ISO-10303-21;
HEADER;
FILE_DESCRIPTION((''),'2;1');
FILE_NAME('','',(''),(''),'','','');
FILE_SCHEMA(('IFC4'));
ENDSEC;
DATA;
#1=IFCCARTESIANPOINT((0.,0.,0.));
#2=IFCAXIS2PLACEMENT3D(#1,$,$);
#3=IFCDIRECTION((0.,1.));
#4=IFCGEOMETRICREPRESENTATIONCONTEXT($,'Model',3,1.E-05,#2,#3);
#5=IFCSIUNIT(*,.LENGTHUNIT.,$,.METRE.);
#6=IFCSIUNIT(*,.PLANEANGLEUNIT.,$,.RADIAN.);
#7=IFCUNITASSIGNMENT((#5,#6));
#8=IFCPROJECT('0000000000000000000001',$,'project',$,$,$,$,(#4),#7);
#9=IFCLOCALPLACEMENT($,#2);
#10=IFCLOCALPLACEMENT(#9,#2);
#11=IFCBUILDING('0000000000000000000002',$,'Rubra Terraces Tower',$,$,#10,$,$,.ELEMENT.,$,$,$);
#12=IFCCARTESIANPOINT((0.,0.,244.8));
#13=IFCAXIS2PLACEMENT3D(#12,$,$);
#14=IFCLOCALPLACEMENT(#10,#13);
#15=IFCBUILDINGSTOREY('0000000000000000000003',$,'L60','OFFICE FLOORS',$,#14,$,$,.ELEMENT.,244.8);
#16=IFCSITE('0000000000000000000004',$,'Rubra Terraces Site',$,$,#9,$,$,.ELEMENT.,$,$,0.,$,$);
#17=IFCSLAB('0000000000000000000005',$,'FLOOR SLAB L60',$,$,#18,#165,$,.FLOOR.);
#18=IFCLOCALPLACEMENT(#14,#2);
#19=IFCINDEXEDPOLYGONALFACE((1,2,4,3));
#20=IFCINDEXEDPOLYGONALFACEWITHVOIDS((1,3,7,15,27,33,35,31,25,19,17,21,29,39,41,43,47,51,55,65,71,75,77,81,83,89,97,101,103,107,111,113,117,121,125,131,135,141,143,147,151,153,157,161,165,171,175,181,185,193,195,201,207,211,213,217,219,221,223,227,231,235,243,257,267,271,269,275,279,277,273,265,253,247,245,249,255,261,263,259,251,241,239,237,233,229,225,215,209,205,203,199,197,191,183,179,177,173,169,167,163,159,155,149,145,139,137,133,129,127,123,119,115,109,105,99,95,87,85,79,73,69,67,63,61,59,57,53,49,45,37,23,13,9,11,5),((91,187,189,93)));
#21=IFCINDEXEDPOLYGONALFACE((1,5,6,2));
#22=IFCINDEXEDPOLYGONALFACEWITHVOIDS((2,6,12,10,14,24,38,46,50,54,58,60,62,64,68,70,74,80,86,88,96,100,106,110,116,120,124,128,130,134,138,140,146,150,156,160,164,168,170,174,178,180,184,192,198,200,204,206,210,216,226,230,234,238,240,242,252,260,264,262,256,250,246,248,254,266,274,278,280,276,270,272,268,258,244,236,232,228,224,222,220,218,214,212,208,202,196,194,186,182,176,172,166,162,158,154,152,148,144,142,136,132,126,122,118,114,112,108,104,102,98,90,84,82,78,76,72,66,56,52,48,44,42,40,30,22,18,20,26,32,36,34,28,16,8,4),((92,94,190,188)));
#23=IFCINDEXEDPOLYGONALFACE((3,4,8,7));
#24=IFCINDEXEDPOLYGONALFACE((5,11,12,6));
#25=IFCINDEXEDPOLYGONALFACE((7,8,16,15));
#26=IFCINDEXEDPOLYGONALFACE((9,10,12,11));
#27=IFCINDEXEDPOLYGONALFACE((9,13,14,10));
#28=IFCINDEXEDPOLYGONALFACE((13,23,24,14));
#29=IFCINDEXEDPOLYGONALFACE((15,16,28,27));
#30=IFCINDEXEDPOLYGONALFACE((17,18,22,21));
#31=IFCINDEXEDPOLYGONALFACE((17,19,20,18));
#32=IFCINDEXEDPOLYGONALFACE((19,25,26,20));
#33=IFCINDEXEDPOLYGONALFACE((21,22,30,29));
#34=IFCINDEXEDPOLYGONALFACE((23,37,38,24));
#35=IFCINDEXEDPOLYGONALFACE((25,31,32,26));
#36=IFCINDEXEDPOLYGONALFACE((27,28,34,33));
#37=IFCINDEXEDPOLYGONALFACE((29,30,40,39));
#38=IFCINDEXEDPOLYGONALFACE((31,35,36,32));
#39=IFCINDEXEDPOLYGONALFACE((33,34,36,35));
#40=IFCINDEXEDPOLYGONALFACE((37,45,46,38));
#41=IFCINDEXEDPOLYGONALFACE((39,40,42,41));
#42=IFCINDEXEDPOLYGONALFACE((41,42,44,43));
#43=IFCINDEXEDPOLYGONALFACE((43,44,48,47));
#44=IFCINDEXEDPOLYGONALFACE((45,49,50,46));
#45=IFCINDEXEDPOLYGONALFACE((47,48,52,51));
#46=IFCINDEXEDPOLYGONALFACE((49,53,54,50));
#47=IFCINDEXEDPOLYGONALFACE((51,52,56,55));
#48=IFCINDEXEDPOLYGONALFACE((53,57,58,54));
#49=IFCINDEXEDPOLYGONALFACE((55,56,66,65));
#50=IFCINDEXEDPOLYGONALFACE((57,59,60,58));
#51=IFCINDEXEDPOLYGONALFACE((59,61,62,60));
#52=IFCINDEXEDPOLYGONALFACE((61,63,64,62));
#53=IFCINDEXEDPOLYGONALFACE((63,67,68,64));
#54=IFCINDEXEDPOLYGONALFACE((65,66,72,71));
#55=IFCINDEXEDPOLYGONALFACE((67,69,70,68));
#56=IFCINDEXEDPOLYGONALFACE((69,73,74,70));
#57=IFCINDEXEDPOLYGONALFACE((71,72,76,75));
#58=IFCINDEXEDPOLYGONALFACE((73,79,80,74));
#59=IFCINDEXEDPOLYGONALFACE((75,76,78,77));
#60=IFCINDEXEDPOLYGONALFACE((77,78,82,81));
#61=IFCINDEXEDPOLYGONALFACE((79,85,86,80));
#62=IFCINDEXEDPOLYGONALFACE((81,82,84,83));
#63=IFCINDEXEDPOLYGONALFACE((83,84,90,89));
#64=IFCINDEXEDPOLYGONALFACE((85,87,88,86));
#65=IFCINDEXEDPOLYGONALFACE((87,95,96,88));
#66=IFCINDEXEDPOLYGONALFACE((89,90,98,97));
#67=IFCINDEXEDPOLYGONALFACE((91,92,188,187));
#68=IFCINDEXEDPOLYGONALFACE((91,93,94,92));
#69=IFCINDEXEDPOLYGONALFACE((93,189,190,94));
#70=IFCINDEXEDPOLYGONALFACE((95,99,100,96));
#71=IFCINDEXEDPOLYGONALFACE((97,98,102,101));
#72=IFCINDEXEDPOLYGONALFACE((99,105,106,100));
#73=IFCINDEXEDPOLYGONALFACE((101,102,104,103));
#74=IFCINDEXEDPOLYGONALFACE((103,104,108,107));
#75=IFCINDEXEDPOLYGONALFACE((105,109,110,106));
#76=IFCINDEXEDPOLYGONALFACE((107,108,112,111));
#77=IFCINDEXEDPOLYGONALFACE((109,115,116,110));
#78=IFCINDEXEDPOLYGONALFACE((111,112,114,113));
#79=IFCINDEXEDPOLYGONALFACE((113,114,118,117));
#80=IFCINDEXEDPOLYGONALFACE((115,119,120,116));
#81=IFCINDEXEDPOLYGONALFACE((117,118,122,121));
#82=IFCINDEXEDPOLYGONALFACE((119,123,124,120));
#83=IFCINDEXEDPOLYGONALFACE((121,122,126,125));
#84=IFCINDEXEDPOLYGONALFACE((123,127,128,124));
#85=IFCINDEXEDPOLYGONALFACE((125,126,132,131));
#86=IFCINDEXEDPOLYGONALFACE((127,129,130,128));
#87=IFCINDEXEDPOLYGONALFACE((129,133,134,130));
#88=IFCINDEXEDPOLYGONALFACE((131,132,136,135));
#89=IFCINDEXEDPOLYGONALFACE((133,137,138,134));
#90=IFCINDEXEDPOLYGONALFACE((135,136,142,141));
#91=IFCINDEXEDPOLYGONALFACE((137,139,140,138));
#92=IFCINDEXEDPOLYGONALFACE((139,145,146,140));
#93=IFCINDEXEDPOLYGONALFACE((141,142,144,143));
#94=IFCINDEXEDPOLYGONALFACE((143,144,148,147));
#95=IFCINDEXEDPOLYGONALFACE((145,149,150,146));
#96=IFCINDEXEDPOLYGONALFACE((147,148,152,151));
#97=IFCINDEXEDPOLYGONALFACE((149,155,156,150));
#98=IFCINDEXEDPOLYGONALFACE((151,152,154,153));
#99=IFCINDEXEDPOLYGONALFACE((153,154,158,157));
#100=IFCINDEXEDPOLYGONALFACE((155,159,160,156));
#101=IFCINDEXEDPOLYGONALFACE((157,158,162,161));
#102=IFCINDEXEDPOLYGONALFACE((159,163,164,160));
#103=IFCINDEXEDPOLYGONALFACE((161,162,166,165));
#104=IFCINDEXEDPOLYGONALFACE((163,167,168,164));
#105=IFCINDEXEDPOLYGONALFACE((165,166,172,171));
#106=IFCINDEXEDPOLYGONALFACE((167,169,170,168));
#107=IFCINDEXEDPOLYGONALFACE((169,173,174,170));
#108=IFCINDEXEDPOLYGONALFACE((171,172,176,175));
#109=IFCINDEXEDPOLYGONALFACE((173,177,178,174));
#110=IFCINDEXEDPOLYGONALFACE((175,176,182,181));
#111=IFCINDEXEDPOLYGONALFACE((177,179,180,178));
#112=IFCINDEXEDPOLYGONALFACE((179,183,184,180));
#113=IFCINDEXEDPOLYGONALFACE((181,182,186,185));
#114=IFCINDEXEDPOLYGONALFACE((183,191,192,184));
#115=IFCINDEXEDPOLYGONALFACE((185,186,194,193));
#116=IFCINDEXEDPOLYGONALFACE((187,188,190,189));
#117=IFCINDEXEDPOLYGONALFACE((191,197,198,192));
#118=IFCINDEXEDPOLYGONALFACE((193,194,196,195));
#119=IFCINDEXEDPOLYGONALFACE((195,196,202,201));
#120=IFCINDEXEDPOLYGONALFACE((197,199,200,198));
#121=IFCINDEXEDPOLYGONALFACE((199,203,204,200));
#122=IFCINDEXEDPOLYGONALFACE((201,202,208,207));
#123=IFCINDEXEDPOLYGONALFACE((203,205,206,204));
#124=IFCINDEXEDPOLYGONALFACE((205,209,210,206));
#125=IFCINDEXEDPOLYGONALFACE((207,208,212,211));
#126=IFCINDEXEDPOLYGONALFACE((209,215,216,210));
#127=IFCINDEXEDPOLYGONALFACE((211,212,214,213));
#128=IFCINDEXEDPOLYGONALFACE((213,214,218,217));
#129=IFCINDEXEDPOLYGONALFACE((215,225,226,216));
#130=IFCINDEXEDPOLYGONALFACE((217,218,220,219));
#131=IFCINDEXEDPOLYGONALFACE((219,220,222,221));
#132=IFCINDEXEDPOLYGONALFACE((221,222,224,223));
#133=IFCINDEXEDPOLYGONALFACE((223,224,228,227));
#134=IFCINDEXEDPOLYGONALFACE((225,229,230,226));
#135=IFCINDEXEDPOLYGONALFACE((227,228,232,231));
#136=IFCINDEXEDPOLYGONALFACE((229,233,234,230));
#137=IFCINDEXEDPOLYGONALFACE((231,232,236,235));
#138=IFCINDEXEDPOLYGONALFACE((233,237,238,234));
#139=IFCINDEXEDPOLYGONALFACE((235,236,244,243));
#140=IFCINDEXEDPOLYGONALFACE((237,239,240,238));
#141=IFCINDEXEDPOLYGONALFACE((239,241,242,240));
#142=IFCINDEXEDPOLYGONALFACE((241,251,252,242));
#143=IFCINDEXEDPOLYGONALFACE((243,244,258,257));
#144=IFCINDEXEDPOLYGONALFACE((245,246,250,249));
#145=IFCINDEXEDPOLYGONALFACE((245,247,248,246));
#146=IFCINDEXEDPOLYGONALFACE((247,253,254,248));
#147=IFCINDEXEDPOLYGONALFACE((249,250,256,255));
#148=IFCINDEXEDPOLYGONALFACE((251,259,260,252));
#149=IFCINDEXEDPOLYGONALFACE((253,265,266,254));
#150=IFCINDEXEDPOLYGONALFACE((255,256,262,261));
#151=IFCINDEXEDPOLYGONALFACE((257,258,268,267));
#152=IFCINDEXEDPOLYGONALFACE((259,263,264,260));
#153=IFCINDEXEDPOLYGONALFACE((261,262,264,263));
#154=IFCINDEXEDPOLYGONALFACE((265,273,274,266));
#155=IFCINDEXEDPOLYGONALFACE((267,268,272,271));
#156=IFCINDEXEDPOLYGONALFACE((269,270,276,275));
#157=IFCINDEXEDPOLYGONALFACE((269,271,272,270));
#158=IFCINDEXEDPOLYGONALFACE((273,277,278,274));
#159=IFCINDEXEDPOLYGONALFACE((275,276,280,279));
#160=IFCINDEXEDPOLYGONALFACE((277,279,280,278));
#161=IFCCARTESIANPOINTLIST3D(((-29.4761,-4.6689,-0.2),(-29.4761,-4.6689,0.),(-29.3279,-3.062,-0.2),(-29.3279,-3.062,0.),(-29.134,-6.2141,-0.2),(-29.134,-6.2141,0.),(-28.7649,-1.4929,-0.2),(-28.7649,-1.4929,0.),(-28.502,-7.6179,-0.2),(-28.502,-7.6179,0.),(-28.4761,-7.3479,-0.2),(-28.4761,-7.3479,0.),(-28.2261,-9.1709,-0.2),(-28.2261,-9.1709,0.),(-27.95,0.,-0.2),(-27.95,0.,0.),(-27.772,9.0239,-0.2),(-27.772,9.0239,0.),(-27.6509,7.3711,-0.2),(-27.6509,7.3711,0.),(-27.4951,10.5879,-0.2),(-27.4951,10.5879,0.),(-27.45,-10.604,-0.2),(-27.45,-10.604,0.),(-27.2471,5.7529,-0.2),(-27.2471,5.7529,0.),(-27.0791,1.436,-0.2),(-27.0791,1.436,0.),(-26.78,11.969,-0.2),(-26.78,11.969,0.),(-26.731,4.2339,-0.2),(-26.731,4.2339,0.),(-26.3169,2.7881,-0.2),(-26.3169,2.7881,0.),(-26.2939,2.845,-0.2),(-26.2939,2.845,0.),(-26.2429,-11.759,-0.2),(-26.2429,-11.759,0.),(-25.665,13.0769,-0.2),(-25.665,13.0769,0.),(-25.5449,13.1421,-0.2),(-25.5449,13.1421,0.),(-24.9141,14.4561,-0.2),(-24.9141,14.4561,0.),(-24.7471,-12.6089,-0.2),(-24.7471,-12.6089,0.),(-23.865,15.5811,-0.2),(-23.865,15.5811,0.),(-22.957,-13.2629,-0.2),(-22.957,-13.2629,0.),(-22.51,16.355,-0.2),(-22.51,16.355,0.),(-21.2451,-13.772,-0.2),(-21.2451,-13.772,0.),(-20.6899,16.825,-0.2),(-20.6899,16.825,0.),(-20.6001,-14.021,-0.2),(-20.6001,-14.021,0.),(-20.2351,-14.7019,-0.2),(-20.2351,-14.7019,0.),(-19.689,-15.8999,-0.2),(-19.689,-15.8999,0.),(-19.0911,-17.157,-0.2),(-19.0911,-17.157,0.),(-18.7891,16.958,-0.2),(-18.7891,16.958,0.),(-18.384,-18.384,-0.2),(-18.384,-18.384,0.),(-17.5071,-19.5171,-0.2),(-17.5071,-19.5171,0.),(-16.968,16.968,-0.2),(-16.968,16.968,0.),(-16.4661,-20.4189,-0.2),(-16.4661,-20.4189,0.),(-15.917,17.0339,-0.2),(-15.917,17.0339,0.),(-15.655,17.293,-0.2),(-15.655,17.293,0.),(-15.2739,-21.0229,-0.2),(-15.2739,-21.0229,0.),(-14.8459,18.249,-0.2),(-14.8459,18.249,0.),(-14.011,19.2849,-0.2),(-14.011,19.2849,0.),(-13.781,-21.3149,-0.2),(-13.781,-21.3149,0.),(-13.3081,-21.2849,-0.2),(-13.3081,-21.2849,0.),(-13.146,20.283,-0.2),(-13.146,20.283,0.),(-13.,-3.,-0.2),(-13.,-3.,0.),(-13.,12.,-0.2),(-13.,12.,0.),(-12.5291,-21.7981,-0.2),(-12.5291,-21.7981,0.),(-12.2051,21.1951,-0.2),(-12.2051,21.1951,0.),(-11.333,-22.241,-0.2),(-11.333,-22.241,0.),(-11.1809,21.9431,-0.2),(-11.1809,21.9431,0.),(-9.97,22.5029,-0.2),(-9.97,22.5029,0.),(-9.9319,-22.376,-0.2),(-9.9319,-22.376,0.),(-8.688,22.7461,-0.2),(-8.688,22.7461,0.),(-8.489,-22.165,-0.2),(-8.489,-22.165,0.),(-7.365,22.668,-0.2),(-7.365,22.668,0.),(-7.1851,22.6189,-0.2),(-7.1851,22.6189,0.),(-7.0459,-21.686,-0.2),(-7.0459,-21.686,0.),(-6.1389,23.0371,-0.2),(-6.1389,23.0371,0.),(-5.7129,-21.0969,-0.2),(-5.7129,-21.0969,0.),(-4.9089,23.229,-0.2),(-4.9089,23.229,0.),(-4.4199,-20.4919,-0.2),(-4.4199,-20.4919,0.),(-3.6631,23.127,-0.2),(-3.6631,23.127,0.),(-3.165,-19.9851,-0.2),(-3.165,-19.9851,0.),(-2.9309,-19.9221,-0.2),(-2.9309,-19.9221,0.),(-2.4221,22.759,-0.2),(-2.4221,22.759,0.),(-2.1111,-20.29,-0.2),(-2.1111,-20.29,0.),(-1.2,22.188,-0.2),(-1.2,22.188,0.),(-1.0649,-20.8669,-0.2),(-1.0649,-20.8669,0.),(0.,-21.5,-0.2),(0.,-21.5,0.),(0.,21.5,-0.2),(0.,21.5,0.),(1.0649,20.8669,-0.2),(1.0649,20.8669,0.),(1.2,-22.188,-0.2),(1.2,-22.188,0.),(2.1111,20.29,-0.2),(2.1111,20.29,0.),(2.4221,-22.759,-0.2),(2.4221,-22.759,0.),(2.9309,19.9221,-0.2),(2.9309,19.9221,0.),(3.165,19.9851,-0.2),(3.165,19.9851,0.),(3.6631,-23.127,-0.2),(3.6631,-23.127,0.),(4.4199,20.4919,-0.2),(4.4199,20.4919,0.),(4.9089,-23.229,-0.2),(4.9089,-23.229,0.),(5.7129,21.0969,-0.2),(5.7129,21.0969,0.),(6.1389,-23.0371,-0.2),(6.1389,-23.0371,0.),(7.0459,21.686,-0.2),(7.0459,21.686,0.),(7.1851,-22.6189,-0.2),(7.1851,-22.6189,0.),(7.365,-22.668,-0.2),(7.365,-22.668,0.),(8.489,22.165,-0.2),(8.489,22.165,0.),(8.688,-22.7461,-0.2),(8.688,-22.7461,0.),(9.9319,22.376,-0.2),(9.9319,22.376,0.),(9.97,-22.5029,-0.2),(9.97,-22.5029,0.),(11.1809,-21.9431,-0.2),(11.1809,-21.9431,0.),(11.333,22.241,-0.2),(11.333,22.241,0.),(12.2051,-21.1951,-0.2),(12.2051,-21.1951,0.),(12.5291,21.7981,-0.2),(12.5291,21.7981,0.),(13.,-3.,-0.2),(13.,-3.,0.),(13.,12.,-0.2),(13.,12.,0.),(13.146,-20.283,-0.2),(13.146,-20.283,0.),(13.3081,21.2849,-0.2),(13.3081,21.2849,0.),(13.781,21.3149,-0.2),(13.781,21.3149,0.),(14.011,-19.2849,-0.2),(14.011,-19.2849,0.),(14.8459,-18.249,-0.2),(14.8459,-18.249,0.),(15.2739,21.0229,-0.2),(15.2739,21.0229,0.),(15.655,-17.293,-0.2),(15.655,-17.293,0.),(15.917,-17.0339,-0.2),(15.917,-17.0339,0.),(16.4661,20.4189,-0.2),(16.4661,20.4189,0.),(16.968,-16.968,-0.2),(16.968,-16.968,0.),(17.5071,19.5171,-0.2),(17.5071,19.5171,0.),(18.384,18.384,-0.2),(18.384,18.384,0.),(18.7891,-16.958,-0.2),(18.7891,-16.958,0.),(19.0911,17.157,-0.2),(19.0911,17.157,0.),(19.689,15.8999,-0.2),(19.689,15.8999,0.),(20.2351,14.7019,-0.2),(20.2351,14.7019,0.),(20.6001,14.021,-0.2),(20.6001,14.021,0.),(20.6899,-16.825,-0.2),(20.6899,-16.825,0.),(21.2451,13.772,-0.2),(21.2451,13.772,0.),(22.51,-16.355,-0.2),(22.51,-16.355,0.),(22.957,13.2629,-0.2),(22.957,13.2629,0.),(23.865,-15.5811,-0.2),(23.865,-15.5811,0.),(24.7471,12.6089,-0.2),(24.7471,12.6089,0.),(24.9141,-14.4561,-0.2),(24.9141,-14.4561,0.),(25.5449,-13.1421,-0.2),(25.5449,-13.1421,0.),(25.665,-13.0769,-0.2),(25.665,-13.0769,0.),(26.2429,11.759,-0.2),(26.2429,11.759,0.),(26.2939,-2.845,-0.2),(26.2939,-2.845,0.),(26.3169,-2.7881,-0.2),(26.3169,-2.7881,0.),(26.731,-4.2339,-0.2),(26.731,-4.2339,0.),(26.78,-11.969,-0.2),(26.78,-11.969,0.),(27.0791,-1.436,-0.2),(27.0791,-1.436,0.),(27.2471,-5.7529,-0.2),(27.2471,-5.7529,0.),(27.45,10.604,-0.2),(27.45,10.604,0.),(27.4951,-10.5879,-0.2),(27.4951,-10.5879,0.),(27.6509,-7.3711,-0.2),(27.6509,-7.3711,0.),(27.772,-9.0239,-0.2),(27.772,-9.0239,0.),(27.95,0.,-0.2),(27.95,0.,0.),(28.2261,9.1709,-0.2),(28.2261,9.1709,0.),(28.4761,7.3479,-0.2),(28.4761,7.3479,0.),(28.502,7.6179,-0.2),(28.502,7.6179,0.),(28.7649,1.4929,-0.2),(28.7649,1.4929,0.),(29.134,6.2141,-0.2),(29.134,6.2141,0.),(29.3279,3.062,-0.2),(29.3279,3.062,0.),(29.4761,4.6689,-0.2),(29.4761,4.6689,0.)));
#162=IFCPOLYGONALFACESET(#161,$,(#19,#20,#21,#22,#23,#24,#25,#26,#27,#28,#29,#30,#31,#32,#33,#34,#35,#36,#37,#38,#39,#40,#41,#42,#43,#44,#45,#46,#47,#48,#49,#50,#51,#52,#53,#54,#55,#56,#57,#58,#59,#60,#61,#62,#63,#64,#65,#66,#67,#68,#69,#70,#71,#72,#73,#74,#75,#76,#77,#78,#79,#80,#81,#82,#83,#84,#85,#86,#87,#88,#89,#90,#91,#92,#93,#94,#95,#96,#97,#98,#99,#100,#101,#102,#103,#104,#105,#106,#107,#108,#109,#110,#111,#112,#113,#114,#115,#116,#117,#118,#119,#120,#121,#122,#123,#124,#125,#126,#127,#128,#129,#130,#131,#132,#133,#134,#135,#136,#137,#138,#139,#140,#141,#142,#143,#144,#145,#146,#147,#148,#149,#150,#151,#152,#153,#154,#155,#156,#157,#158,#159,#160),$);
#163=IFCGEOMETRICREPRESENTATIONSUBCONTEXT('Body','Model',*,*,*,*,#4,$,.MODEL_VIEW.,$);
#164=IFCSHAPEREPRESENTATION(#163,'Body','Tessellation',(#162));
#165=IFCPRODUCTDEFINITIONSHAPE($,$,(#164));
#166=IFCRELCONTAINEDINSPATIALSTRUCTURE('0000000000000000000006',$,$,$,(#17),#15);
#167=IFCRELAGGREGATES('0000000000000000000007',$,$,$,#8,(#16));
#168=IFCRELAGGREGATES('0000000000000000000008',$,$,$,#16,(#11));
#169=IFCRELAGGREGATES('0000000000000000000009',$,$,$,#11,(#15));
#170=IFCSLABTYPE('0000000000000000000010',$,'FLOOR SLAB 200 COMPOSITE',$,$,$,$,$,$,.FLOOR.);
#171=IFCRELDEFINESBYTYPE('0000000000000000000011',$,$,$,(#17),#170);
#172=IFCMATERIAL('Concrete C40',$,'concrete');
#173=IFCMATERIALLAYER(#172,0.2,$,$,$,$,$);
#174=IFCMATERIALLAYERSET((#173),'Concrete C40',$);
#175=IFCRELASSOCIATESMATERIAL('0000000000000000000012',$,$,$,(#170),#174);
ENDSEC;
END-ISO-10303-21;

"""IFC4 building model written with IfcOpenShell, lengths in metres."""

from ifc_helpers import new_model, si_unit, direction, frame, origin, place, context, subcontext, project, spatial, polyline, outline, extrude, material, layer, layer_set, type_object, element, save


model = new_model("IFC4")

# Units and contexts
model_context = context("Model", 3, precision=1e-05, world=origin(), true_north=direction((0.0, 1.0)))
body_context = subcontext(model_context, "Body", "Model", "MODEL_VIEW")
ifc_project = project(units=[si_unit("LENGTHUNIT", "METRE"), si_unit("PLANEANGLEUNIT", "RADIAN")], contexts=[model_context])

# Site, building, storey
site_placement = place(None, origin())
site = spatial("IfcSite", under=ifc_project, at=site_placement, Name="Rubra Terraces Site", CompositionType="ELEMENT", RefElevation=0.0)
building_placement = place(site_placement, origin())
building = spatial("IfcBuilding", under=site, at=building_placement, Name="Rubra Terraces Tower", CompositionType="ELEMENT")
storey_placement = place(building_placement, frame((0.0, 0.0, 244.8)))
storey = spatial("IfcBuildingStorey", under=building, at=storey_placement, Name="L60", Description="OFFICE FLOORS", CompositionType="ELEMENT", Elevation=244.8)

# Slab
ifc_material_1 = material(Name="Concrete C40", Category="concrete")
ifc_layer_1 = layer(ifc_material_1, 0.2)
ifc_layer_set_1 = layer_set([ifc_layer_1], Name="Concrete C40")
slab_type = type_object("IfcSlabType", Name="FLOOR SLAB 200 COMPOSITE", PredefinedType="FLOOR", material=ifc_layer_set_1)
slab_placement = place(storey_placement, frame((0.0, 0.0, -0.2)))
element("IfcSlab", 1, at=slab_placement, inside=storey, type_object=slab_type, Name="FLOOR SLAB L60", PredefinedType="FLOOR", context=body_context, shape_type="SweptSolid", body=[
    extrude(outline(polyline([(-7.0459, -21.686), (-5.7129, -21.0969), (-4.4199, -20.4919), (-3.165, -19.9851), (-2.9309, -19.9221), (-2.1111, -20.29), (-1.0649, -20.8669), (0.0, -21.5), (1.2, -22.188), (2.4221, -22.759), (3.6631, -23.127), (4.9089, -23.229), (6.1389, -23.0371), (7.1851, -22.6189), (7.365, -22.668), (8.688, -22.7461), (9.97, -22.5029), (11.1809, -21.9431), (12.2051, -21.1951), (13.146, -20.283), (14.011, -19.2849), (14.8459, -18.249), (15.655, -17.293), (15.917, -17.0339), (16.968, -16.968), (18.7891, -16.958), (20.6899, -16.825), (22.51, -16.355), (23.865, -15.5811), (24.9141, -14.4561), (25.5449, -13.1421), (25.665, -13.0769), (26.78, -11.969), (27.4951, -10.5879), (27.772, -9.0239), (27.6509, -7.3711), (27.2471, -5.7529), (26.731, -4.2339), (26.2939, -2.845), (26.3169, -2.7881), (27.0791, -1.436), (27.95, 0.0), (28.7649, 1.4929), (29.3279, 3.062), (29.4761, 4.6689), (29.134, 6.2141), (28.4761, 7.3479), (28.502, 7.6179), (28.2261, 9.1709), (27.45, 10.604), (26.2429, 11.759), (24.7471, 12.6089), (22.957, 13.2629), (21.2451, 13.772), (20.6001, 14.021), (20.2351, 14.7019), (19.689, 15.8999), (19.0911, 17.157), (18.384, 18.384), (17.5071, 19.5171), (16.4661, 20.4189), (15.2739, 21.0229), (13.781, 21.3149), (13.3081, 21.2849), (12.5291, 21.7981), (11.333, 22.241), (9.9319, 22.376), (8.489, 22.165), (7.0459, 21.686), (5.7129, 21.0969), (4.4199, 20.4919), (3.165, 19.9851), (2.9309, 19.9221), (2.1111, 20.29), (1.0649, 20.8669), (0.0, 21.5), (-1.2, 22.188), (-2.4221, 22.759), (-3.6631, 23.127), (-4.9089, 23.229), (-6.1389, 23.0371), (-7.1851, 22.6189), (-7.365, 22.668), (-8.688, 22.7461), (-9.97, 22.5029), (-11.1809, 21.9431), (-12.2051, 21.1951), (-13.146, 20.283), (-14.011, 19.2849), (-14.8459, 18.249), (-15.655, 17.293), (-15.917, 17.0339), (-16.968, 16.968), (-18.7891, 16.958), (-20.6899, 16.825), (-22.51, 16.355), (-23.865, 15.5811), (-24.9141, 14.4561), (-25.5449, 13.1421), (-25.665, 13.0769), (-26.78, 11.969), (-27.4951, 10.5879), (-27.772, 9.0239), (-27.6509, 7.3711), (-27.2471, 5.7529), (-26.731, 4.2339), (-26.2939, 2.845), (-26.3169, 2.7881), (-27.0791, 1.436), (-27.95, 0.0), (-28.7649, -1.4929), (-29.3279, -3.062), (-29.4761, -4.6689), (-29.134, -6.2141), (-28.4761, -7.3479), (-28.502, -7.6179), (-28.2261, -9.1709), (-27.45, -10.604), (-26.2429, -11.759), (-24.7471, -12.6089), (-22.957, -13.2629), (-21.2451, -13.772), (-20.6001, -14.021), (-20.2351, -14.7019), (-19.689, -15.8999), (-19.0911, -17.157), (-18.384, -18.384), (-17.5071, -19.5171), (-16.4661, -20.4189), (-15.2739, -21.0229), (-13.781, -21.3149), (-13.3081, -21.2849), (-12.5291, -21.7981), (-11.333, -22.241), (-9.9319, -22.376), (-8.489, -22.165), (-7.0459, -21.686)]), holes=[polyline([(13.0, 12.0), (13.0, -3.0), (-13.0, -3.0), (-13.0, 12.0), (13.0, 12.0)])]), origin(), (0.0, 0.0, 1.0), 0.2),
])

save(model, "model.ifc")
